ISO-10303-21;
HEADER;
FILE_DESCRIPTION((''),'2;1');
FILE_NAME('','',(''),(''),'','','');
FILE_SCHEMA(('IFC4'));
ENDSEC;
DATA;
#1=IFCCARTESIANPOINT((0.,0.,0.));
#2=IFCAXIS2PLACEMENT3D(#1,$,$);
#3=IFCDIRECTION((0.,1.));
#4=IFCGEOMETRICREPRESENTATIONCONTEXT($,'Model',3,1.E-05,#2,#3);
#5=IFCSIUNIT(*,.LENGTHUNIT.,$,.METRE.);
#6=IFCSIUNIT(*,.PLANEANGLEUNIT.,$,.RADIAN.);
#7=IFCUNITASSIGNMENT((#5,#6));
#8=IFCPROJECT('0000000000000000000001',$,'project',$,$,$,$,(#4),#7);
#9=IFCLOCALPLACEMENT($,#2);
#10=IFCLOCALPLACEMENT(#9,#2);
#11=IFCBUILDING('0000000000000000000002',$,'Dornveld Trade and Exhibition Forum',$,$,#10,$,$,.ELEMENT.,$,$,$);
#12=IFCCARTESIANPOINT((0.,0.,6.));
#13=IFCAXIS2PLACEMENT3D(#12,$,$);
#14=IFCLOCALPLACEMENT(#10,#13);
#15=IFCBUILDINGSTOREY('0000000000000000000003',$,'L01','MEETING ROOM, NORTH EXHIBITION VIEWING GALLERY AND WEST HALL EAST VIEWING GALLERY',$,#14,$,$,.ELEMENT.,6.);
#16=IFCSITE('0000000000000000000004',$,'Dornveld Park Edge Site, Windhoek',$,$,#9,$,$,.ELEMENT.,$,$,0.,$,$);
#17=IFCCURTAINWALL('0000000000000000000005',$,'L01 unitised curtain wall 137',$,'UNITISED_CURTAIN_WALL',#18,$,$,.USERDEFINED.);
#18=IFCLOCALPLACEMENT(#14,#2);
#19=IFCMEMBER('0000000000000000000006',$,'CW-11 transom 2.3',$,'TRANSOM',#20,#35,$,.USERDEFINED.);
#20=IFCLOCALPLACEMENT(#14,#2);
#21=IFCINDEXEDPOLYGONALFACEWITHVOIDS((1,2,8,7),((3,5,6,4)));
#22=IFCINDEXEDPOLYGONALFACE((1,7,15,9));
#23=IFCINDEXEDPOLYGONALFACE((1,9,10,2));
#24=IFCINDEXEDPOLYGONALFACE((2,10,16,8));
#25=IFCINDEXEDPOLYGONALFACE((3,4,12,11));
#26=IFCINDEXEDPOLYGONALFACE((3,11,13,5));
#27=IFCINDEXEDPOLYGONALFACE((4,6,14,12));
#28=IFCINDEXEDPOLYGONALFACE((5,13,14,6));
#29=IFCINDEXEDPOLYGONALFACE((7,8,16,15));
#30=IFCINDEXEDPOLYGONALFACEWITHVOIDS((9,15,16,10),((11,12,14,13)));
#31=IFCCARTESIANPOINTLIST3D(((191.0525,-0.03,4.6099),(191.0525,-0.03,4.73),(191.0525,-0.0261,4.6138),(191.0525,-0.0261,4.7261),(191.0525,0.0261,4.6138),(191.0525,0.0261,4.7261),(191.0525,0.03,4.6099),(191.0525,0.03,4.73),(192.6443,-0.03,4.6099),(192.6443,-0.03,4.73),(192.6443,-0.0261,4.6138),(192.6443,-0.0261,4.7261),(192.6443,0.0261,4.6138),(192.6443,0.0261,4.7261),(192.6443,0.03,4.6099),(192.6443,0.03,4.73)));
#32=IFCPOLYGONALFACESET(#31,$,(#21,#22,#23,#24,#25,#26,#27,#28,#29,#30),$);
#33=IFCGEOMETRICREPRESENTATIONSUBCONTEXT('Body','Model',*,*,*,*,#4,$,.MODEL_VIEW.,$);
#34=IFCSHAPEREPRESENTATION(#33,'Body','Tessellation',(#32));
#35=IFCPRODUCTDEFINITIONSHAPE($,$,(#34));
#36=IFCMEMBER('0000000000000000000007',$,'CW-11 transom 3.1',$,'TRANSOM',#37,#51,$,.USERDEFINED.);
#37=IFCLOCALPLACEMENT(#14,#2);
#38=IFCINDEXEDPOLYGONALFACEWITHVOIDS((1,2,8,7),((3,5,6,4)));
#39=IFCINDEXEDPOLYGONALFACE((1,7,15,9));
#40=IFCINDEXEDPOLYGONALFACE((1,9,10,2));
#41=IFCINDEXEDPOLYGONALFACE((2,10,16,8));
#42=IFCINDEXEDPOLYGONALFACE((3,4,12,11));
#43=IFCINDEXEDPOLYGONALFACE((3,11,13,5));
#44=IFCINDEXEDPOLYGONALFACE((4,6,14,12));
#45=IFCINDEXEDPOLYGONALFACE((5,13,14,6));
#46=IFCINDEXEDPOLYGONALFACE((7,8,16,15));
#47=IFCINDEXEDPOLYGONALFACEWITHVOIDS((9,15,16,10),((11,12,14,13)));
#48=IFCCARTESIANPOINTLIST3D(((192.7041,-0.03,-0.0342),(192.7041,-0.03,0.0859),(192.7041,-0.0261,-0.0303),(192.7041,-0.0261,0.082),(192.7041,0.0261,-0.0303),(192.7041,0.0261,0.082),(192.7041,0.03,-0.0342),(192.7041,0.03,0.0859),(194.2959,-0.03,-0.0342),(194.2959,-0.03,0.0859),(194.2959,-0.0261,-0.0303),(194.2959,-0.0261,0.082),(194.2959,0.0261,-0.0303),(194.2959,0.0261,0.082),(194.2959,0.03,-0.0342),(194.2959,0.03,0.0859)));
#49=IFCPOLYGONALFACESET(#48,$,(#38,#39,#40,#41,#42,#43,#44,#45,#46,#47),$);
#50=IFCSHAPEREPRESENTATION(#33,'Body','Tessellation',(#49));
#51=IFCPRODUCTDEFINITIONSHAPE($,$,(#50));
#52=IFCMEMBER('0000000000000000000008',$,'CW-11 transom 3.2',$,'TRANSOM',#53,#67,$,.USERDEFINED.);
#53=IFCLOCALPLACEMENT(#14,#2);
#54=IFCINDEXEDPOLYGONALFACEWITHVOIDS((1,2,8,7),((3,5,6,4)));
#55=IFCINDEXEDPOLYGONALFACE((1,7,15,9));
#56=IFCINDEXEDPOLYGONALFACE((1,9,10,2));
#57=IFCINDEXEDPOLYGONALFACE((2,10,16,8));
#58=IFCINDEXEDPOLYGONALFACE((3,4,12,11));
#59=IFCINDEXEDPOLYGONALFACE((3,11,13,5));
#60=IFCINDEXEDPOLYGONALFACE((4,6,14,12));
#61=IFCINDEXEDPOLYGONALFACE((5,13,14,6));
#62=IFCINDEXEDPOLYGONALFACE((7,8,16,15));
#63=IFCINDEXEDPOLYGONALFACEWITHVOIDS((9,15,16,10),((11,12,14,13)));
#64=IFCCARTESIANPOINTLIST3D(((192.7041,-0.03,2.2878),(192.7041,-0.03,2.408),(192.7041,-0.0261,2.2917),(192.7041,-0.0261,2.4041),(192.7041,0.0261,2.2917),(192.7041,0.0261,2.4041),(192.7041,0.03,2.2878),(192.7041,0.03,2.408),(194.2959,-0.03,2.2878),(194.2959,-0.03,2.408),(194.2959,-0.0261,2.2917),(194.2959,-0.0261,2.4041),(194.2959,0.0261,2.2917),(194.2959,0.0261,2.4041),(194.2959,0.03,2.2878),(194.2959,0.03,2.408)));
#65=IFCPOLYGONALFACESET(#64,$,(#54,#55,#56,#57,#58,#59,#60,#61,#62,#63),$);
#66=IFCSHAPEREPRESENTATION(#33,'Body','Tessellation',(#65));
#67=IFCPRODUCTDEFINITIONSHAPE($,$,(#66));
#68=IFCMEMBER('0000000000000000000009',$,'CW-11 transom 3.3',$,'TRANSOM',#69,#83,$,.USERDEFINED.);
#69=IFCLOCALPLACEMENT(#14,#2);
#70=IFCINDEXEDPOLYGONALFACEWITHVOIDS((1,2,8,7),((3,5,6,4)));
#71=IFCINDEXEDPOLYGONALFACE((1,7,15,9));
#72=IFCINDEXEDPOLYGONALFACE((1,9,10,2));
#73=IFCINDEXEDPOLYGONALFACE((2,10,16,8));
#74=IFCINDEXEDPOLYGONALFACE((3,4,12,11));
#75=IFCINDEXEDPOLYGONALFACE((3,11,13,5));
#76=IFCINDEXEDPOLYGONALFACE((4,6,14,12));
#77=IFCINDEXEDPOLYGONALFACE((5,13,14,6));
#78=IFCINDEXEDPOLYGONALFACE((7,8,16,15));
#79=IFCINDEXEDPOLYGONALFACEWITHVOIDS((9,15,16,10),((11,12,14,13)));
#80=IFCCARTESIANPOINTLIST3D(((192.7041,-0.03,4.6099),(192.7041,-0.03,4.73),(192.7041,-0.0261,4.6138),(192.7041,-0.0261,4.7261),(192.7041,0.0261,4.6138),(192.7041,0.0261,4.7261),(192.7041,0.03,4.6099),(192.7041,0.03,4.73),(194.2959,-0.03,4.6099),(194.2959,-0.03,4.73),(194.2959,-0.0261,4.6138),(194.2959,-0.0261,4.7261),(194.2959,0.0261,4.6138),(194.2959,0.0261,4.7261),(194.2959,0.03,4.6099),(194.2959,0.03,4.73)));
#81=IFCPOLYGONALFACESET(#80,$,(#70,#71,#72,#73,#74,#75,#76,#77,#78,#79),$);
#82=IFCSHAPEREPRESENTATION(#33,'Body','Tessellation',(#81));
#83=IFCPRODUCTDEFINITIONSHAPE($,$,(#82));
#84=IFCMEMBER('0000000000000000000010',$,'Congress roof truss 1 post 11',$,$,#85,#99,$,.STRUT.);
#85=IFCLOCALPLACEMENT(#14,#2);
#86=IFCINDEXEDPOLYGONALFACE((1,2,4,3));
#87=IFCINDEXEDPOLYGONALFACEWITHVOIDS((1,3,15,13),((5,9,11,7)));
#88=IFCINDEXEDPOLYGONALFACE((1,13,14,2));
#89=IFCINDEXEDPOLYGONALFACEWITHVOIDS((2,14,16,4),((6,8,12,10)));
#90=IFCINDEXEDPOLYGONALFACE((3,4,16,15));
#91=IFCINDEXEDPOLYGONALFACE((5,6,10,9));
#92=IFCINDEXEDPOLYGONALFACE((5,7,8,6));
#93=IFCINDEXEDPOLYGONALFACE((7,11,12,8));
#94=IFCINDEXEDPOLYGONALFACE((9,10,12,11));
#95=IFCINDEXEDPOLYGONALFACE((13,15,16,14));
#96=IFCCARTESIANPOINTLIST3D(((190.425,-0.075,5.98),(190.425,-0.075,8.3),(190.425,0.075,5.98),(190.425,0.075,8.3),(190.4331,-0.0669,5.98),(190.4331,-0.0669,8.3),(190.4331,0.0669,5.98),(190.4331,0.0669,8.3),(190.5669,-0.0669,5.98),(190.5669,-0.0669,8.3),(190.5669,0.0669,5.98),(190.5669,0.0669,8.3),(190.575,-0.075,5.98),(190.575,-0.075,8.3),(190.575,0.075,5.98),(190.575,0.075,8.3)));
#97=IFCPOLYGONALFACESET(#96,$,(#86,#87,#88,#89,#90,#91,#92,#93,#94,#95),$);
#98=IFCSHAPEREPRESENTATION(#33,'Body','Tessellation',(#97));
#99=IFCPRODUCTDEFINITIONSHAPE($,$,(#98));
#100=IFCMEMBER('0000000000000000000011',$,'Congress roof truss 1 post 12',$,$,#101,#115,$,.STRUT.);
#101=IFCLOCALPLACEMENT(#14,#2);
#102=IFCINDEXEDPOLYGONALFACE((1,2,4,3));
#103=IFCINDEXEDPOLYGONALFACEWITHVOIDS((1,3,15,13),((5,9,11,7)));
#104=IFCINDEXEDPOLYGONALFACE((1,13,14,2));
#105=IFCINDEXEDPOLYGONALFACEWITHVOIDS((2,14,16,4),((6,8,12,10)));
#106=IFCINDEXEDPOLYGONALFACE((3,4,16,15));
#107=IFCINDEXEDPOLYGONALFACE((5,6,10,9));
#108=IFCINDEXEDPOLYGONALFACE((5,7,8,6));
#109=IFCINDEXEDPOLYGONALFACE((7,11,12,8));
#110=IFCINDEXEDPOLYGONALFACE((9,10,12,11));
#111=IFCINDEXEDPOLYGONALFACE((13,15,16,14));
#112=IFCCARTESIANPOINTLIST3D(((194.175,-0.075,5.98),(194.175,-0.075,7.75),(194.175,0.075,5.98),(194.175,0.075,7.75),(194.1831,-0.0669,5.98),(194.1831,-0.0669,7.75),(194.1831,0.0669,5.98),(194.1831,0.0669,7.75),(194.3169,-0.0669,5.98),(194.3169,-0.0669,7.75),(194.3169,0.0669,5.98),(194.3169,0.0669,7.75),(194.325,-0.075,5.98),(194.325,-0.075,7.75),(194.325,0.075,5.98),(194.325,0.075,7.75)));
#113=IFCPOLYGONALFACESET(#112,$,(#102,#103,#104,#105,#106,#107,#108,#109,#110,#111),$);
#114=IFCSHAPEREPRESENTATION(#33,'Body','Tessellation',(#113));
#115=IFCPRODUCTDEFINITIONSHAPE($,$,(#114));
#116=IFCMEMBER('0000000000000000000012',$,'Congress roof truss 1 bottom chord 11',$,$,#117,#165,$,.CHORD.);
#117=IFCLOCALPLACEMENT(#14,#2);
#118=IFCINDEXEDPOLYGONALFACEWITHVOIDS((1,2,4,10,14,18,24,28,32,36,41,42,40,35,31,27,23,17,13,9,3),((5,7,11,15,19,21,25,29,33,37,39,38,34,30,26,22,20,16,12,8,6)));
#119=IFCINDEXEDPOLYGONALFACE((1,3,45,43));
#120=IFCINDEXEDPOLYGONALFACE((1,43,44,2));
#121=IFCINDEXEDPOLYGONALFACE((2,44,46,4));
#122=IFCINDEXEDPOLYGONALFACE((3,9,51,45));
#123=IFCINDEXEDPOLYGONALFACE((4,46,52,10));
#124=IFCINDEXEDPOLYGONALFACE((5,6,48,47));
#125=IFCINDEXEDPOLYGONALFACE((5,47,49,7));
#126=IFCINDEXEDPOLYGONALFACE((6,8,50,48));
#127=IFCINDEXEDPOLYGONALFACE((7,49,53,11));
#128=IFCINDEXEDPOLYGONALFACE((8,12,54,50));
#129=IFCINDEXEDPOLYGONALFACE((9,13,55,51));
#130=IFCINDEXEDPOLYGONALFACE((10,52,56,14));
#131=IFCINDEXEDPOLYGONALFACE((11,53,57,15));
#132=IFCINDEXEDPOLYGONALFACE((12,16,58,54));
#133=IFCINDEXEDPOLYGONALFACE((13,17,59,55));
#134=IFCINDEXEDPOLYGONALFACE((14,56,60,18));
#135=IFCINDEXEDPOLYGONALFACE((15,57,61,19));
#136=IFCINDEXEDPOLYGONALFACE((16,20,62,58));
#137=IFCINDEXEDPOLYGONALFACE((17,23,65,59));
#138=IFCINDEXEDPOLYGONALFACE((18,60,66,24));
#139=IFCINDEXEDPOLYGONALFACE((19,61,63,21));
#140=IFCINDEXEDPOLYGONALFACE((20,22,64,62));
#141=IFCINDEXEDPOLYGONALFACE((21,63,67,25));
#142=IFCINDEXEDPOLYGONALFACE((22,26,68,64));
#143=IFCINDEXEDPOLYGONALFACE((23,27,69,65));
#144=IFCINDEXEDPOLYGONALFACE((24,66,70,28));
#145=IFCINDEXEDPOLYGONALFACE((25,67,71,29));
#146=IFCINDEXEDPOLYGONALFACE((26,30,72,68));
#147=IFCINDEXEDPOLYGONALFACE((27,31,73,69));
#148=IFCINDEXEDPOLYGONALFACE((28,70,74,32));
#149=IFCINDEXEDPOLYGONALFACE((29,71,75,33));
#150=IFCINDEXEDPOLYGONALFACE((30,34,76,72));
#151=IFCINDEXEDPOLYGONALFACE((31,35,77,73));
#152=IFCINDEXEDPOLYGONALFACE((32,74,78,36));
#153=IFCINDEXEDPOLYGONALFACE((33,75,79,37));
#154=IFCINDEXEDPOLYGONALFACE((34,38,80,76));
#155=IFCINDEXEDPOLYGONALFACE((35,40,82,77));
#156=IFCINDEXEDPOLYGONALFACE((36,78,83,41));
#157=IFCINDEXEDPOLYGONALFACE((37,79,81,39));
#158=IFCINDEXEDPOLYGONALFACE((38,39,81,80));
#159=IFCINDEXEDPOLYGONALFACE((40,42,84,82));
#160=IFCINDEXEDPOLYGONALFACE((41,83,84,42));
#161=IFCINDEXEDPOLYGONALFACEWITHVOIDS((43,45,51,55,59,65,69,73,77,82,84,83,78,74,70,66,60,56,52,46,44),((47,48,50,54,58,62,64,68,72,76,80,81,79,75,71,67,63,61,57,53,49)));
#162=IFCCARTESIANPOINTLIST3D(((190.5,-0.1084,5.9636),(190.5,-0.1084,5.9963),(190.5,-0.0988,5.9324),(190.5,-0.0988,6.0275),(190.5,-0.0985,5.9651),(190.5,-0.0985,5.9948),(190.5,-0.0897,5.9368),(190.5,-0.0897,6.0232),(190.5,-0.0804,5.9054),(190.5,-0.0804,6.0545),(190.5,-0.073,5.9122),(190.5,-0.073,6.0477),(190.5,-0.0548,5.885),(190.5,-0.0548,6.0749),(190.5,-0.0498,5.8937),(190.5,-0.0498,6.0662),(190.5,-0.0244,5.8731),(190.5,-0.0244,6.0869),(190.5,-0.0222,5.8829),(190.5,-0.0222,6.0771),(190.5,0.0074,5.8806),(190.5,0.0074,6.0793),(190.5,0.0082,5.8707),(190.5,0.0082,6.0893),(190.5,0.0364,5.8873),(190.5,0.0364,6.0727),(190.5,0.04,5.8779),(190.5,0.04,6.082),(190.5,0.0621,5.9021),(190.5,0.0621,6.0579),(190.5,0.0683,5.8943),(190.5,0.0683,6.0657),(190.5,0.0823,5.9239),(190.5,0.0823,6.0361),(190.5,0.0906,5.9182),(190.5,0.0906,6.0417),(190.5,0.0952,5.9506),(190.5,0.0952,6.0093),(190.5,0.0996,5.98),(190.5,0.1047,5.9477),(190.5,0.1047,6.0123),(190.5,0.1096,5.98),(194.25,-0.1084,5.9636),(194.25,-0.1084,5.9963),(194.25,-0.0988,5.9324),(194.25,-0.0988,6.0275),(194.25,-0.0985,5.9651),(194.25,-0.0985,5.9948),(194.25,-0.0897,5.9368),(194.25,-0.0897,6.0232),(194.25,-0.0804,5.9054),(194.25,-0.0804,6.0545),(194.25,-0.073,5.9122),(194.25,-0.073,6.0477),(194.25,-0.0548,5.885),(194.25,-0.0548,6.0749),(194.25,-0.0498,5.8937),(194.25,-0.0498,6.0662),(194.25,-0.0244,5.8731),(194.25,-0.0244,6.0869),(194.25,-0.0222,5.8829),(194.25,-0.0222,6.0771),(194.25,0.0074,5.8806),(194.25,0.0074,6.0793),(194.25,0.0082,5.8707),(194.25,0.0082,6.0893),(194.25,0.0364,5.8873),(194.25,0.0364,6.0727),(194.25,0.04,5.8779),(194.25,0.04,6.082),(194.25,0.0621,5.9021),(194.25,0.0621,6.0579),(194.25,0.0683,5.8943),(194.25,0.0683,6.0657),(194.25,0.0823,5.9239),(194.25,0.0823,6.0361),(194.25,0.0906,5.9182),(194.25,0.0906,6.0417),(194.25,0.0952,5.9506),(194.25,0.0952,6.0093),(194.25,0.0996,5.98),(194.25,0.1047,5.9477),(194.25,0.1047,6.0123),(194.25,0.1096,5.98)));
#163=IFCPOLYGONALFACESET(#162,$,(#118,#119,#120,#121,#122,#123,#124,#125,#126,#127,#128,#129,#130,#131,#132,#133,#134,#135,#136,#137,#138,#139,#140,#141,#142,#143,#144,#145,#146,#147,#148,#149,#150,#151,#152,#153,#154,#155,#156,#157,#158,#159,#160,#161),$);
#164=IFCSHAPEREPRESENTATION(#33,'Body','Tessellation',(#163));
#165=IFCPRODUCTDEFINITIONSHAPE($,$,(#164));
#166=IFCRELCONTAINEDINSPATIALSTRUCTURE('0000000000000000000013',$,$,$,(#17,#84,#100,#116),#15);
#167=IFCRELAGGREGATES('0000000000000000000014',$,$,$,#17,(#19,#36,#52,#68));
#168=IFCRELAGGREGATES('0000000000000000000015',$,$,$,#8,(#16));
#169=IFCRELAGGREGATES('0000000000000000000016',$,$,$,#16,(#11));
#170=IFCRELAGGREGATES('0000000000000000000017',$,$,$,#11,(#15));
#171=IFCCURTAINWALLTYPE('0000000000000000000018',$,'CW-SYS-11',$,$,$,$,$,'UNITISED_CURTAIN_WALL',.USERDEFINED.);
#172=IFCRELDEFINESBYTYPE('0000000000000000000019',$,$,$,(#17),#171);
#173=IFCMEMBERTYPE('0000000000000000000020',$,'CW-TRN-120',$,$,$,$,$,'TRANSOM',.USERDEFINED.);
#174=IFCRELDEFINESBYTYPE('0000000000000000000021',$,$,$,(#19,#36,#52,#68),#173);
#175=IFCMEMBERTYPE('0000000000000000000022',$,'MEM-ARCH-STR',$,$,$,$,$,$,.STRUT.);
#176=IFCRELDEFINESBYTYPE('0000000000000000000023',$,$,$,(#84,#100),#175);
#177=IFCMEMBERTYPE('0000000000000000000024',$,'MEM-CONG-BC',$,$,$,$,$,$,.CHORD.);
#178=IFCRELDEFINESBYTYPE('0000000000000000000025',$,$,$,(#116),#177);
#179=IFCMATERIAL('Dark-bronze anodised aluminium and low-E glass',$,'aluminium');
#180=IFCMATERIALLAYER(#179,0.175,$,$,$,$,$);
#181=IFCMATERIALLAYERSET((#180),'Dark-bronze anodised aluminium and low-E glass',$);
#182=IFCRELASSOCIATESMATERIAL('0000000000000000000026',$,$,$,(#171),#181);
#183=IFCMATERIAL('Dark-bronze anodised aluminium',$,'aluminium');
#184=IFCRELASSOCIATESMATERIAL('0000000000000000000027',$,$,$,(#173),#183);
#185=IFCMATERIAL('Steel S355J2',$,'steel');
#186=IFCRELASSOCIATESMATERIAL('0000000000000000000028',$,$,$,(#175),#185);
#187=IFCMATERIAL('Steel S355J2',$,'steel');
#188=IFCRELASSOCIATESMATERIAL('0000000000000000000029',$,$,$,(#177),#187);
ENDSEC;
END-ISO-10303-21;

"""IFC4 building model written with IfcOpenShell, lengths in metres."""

from ifc_helpers import new_model, si_unit, direction, frame, origin, origin_2d, place, context, subcontext, project, spatial, hollow_rectangle, hollow_circle, extrude, material, layer, layer_set, material_profile, profile_set, type_object, element, aggregate, save


model = new_model("IFC4")

# Units and contexts
model_context = context("Model", 3, precision=1e-05, world=origin(), true_north=direction((0.0, 1.0)))
body_context = subcontext(model_context, "Body", "Model", "MODEL_VIEW")
ifc_project = project(units=[si_unit("LENGTHUNIT", "METRE"), si_unit("PLANEANGLEUNIT", "RADIAN")], contexts=[model_context])

# Site, building, storey
site_placement = place(None, origin())
site = spatial("IfcSite", under=ifc_project, at=site_placement, Name="Dornveld Park Edge Site, Windhoek", CompositionType="ELEMENT", RefElevation=0.0)
building_placement = place(site_placement, origin())
building = spatial("IfcBuilding", under=site, at=building_placement, Name="Dornveld Trade and Exhibition Forum", CompositionType="ELEMENT")
storey_placement = place(building_placement, frame((0.0, 0.0, 6.0)))
storey = spatial("IfcBuildingStorey", under=building, at=storey_placement, Name="L01", Description="MEETING ROOM, NORTH EXHIBITION VIEWING GALLERY AND WEST HALL EAST VIEWING GALLERY", CompositionType="ELEMENT", Elevation=6.0)

# Curtain wall, members
ifc_material_1 = material(Name="Dark-bronze anodised aluminium and low-E glass", Category="aluminium")
ifc_layer_1 = layer(ifc_material_1, 0.175)
ifc_layer_set_1 = layer_set([ifc_layer_1], Name="Dark-bronze anodised aluminium and low-E glass")
curtain_wall_type_1 = type_object("IfcCurtainWallType", Name="CW-SYS-11", ElementType="UNITISED_CURTAIN_WALL", PredefinedType="USERDEFINED", material=ifc_layer_set_1)
curtain_wall_1_placement = place(storey_placement, origin())
curtain_wall_1 = element("IfcCurtainWall", 1, at=curtain_wall_1_placement, inside=storey, type_object=curtain_wall_type_1, Name="L01 unitised curtain wall 137", ObjectType="UNITISED_CURTAIN_WALL", PredefinedType="USERDEFINED")
ifc_material_2 = material(Name="Dark-bronze anodised aluminium", Category="aluminium")
ifc_material_profile_1 = material_profile(ifc_material_2, hollow_rectangle(XDim=0.0601, YDim=0.1201, WallThickness=0.0039, at=origin_2d()), Name="RHS 120x60x4")
ifc_profile_set_1 = profile_set([ifc_material_profile_1], Name="Dark-bronze anodised aluminium")
member_type_1 = type_object("IfcMemberType", Name="CW-TRN-120", ElementType="TRANSOM", PredefinedType="USERDEFINED", material=ifc_profile_set_1)
member_1_placement = place(storey_placement, frame((191.0525, 0.0, 4.6699), z_axis=(1.0, 0.0, 0.0), x_axis=(0.0, 1.0, 0.0)))
member_1 = element("IfcMember", 2, at=member_1_placement, type_object=member_type_1, Name="CW-11 transom 2.3", ObjectType="TRANSOM", PredefinedType="USERDEFINED", context=body_context, shape_type="SweptSolid", body=[
    extrude(hollow_rectangle(XDim=0.0601, YDim=0.1201, WallThickness=0.0039, at=origin_2d()), origin(), (0.0, 0.0, 1.0), 1.5918),
])
member_2_placement = place(storey_placement, frame((192.7041, 0.0, 0.0259), z_axis=(1.0, 0.0, 0.0), x_axis=(0.0, 1.0, 0.0)))
member_2 = element("IfcMember", 3, at=member_2_placement, type_object=member_type_1, Name="CW-11 transom 3.1", ObjectType="TRANSOM", PredefinedType="USERDEFINED", context=body_context, shape_type="SweptSolid", body=[
    extrude(hollow_rectangle(XDim=0.0601, YDim=0.1201, WallThickness=0.0039, at=origin_2d()), origin(), (0.0, 0.0, 1.0), 1.5918),
])
member_3_placement = place(storey_placement, frame((192.7041, 0.0, 2.3479), z_axis=(1.0, 0.0, 0.0), x_axis=(0.0, 1.0, 0.0)))
member_3 = element("IfcMember", 4, at=member_3_placement, type_object=member_type_1, Name="CW-11 transom 3.2", ObjectType="TRANSOM", PredefinedType="USERDEFINED", context=body_context, shape_type="SweptSolid", body=[
    extrude(hollow_rectangle(XDim=0.0601, YDim=0.1201, WallThickness=0.0039, at=origin_2d()), origin(), (0.0, 0.0, 1.0), 1.5918),
])
member_4_placement = place(storey_placement, frame((192.7041, 0.0, 4.6699), z_axis=(1.0, 0.0, 0.0), x_axis=(0.0, 1.0, 0.0)))
member_4 = element("IfcMember", 5, at=member_4_placement, type_object=member_type_1, Name="CW-11 transom 3.3", ObjectType="TRANSOM", PredefinedType="USERDEFINED", context=body_context, shape_type="SweptSolid", body=[
    extrude(hollow_rectangle(XDim=0.0601, YDim=0.1201, WallThickness=0.0039, at=origin_2d()), origin(), (0.0, 0.0, 1.0), 1.5918),
])

# Members
ifc_material_3 = material(Name="Steel S355J2", Category="steel")
ifc_material_profile_2 = material_profile(ifc_material_3, hollow_rectangle(XDim=0.1499, YDim=0.1499, WallThickness=0.0081, at=origin_2d()), Name="SHS 150x150x8")
ifc_profile_set_2 = profile_set([ifc_material_profile_2], Name="Steel S355J2")
member_type_2 = type_object("IfcMemberType", Name="MEM-ARCH-STR", PredefinedType="STRUT", material=ifc_profile_set_2)
member_5_placement = place(storey_placement, frame((190.5, 0.0, 5.98), z_axis=(0.0, 0.0, 1.0), x_axis=(1.0, 0.0, 0.0)))
element("IfcMember", 6, at=member_5_placement, inside=storey, type_object=member_type_2, Name="Congress roof truss 1 post 11", PredefinedType="STRUT", context=body_context, shape_type="SweptSolid", body=[
    extrude(hollow_rectangle(XDim=0.1499, YDim=0.1499, WallThickness=0.0081, at=origin_2d()), origin(), (0.0, 0.0, 1.0), 2.3201),
])
member_6_placement = place(storey_placement, frame((194.25, 0.0, 5.98), z_axis=(0.0, 0.0, 1.0), x_axis=(1.0, 0.0, 0.0)))
element("IfcMember", 7, at=member_6_placement, inside=storey, type_object=member_type_2, Name="Congress roof truss 1 post 12", PredefinedType="STRUT", context=body_context, shape_type="SweptSolid", body=[
    extrude(hollow_rectangle(XDim=0.1499, YDim=0.1499, WallThickness=0.0081, at=origin_2d()), origin(), (0.0, 0.0, 1.0), 1.77),
])
ifc_material_4 = material(Name="Steel S355J2", Category="steel")
ifc_material_profile_3 = material_profile(ifc_material_4, hollow_circle(Radius=0.1096, WallThickness=0.01, at=origin_2d()), Name="CHS 219.1x10")
ifc_profile_set_3 = profile_set([ifc_material_profile_3], Name="Steel S355J2")
member_type_3 = type_object("IfcMemberType", Name="MEM-CONG-BC", PredefinedType="CHORD", material=ifc_profile_set_3)
for number, where, z_axis, x_axis, name in (
    (8, (190.5, 0.0, 5.98), (1.0, 0.0, 0.0), (0.0, 1.0, 0.0), "Congress roof truss 1 bottom chord 11"),
):
    element("IfcMember", number, at=place(storey_placement, frame(where, z_axis=z_axis, x_axis=x_axis)), inside=storey, type_object=member_type_3, Name=name, PredefinedType="CHORD", context=body_context, shape_type="SweptSolid", body=[
        extrude(hollow_circle(Radius=0.1096, WallThickness=0.01, at=origin_2d()), origin(), (0.0, 0.0, 1.0), 3.75),
    ])

aggregate(curtain_wall_1, [member_1, member_2, member_3, member_4])

save(model, "model.ifc")
